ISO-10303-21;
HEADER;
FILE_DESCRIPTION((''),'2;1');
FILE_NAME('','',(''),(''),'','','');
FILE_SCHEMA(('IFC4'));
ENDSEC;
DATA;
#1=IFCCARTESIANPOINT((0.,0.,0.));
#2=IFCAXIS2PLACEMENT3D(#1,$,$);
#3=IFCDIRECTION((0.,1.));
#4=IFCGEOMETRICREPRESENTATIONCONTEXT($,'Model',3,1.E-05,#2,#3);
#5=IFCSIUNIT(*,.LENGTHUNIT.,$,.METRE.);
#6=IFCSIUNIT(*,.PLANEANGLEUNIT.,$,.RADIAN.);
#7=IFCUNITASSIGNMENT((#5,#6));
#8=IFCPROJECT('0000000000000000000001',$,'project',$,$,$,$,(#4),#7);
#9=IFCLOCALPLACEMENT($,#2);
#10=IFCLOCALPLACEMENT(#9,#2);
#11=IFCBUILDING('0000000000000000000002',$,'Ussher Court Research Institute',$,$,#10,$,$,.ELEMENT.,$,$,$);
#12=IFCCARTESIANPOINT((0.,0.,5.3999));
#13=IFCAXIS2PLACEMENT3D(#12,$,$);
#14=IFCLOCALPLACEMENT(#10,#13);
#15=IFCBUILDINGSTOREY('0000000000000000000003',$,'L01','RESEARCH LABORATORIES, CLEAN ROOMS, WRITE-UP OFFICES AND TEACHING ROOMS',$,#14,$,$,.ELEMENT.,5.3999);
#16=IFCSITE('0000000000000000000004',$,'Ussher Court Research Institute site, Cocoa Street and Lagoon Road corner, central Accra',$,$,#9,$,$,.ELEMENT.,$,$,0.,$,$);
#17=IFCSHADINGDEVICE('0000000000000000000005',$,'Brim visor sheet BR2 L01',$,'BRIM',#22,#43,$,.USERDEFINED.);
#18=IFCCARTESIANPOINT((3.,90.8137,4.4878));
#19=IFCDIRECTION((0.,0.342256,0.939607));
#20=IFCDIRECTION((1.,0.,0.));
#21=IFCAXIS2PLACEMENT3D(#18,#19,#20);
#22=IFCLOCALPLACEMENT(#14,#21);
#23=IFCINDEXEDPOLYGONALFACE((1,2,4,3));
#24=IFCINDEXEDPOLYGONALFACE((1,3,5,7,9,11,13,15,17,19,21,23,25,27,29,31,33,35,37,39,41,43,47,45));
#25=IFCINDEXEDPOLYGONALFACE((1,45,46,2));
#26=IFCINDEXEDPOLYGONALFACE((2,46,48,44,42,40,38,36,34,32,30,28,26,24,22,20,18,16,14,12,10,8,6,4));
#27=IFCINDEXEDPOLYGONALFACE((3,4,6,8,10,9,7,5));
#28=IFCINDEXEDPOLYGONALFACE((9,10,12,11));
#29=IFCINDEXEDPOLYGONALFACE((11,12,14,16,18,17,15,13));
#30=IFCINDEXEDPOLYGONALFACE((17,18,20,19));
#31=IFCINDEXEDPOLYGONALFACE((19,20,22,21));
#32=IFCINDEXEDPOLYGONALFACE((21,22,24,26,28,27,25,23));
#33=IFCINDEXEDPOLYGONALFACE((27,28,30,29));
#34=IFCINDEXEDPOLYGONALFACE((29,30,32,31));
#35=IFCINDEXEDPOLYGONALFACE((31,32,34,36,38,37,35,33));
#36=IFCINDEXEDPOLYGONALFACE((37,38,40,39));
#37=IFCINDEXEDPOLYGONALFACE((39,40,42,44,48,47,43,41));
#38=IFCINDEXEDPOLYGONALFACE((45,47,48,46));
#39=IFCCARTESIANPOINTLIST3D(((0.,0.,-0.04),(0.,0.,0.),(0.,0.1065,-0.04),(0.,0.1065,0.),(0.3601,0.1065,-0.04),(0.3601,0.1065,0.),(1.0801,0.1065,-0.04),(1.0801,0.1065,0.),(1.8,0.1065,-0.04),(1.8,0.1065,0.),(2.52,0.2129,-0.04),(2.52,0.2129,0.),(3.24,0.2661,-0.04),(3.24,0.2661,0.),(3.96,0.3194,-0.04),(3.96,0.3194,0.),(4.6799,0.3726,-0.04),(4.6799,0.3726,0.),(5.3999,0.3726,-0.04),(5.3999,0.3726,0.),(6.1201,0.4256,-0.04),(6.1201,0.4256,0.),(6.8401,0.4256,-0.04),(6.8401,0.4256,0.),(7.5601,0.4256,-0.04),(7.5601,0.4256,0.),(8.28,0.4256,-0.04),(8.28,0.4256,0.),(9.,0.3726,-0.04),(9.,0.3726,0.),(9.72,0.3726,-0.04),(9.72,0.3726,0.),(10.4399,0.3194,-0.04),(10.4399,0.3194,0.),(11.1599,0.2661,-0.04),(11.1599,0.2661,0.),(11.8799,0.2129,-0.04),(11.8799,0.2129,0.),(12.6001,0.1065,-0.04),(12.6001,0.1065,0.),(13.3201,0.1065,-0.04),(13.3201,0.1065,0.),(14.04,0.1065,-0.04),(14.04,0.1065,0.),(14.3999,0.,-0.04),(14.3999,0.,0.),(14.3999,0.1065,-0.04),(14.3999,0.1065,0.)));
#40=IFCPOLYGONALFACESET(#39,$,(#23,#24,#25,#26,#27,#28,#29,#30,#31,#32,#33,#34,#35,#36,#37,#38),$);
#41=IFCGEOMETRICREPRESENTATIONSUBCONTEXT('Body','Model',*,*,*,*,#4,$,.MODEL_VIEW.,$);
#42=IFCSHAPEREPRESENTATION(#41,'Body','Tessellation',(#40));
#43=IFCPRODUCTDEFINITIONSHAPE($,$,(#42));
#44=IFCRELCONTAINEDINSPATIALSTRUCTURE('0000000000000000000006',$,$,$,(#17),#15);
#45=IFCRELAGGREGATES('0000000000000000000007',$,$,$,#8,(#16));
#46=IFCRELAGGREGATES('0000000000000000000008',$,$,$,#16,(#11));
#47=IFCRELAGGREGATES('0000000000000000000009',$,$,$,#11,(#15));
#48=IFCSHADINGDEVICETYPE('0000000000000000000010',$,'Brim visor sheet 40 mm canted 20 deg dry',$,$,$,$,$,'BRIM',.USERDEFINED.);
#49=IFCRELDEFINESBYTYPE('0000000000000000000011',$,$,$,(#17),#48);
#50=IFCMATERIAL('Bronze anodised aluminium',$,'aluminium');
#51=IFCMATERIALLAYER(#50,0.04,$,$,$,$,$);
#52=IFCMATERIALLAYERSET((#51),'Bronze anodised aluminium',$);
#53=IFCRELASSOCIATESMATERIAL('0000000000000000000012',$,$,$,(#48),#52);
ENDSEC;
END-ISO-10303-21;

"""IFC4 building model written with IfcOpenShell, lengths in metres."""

from ifc_helpers import new_model, si_unit, direction, frame, origin, place, context, subcontext, project, spatial, polyline, outline, extrude, material, layer, layer_set, type_object, element, save


model = new_model("IFC4")

# Units and contexts
model_context = context("Model", 3, precision=1e-05, world=origin(), true_north=direction((0.0, 1.0)))
body_context = subcontext(model_context, "Body", "Model", "MODEL_VIEW")
ifc_project = project(units=[si_unit("LENGTHUNIT", "METRE"), si_unit("PLANEANGLEUNIT", "RADIAN")], contexts=[model_context])

# Site, building, storey
site_placement = place(None, origin())
site = spatial("IfcSite", under=ifc_project, at=site_placement, Name="Ussher Court Research Institute site, Cocoa Street and Lagoon Road corner, central Accra", CompositionType="ELEMENT", RefElevation=0.0)
building_placement = place(site_placement, origin())
building = spatial("IfcBuilding", under=site, at=building_placement, Name="Ussher Court Research Institute", CompositionType="ELEMENT")
storey_placement = place(building_placement, frame((0.0, 0.0, 5.3999)))
storey = spatial("IfcBuildingStorey", under=building, at=storey_placement, Name="L01", Description="RESEARCH LABORATORIES, CLEAN ROOMS, WRITE-UP OFFICES AND TEACHING ROOMS", CompositionType="ELEMENT", Elevation=5.3999)

# Shading device
ifc_material_1 = material(Name="Bronze anodised aluminium", Category="aluminium")
ifc_layer_1 = layer(ifc_material_1, 0.04)
ifc_layer_set_1 = layer_set([ifc_layer_1], Name="Bronze anodised aluminium")
shading_device_type_1 = type_object("IfcShadingDeviceType", Name="Brim visor sheet 40 mm canted 20 deg dry", ElementType="BRIM", PredefinedType="USERDEFINED", material=ifc_layer_set_1)
shading_device_1_placement = place(storey_placement, frame((3.0, 90.8137, 4.4878), z_axis=(0.0, 0.342256, 0.939607), x_axis=(1.0, 0.0, 0.0)))
element("IfcShadingDevice", 1, at=shading_device_1_placement, inside=storey, type_object=shading_device_type_1, Name="Brim visor sheet BR2 L01", ObjectType="BRIM", PredefinedType="USERDEFINED", context=body_context, shape_type="SweptSolid", body=[
    extrude(outline(polyline([(0.0, 0.0), (14.3999, 0.0), (14.3999, 0.1065), (14.04, 0.1065), (13.3201, 0.1065), (12.6001, 0.1065), (11.8799, 0.2129), (11.1599, 0.2661), (10.4399, 0.3194), (9.72, 0.3726), (9.0, 0.3726), (8.28, 0.4256), (7.5601, 0.4256), (6.8401, 0.4256), (6.1201, 0.4256), (5.3999, 0.3726), (4.6799, 0.3726), (3.96, 0.3194), (3.24, 0.2661), (2.52, 0.2129), (1.8, 0.1065), (1.0801, 0.1065), (0.3601, 0.1065), (0.0, 0.1065), (0.0, 0.0)])), origin(), (0.0, 0.0, -1.0), 0.04),
])

save(model, "model.ifc")
